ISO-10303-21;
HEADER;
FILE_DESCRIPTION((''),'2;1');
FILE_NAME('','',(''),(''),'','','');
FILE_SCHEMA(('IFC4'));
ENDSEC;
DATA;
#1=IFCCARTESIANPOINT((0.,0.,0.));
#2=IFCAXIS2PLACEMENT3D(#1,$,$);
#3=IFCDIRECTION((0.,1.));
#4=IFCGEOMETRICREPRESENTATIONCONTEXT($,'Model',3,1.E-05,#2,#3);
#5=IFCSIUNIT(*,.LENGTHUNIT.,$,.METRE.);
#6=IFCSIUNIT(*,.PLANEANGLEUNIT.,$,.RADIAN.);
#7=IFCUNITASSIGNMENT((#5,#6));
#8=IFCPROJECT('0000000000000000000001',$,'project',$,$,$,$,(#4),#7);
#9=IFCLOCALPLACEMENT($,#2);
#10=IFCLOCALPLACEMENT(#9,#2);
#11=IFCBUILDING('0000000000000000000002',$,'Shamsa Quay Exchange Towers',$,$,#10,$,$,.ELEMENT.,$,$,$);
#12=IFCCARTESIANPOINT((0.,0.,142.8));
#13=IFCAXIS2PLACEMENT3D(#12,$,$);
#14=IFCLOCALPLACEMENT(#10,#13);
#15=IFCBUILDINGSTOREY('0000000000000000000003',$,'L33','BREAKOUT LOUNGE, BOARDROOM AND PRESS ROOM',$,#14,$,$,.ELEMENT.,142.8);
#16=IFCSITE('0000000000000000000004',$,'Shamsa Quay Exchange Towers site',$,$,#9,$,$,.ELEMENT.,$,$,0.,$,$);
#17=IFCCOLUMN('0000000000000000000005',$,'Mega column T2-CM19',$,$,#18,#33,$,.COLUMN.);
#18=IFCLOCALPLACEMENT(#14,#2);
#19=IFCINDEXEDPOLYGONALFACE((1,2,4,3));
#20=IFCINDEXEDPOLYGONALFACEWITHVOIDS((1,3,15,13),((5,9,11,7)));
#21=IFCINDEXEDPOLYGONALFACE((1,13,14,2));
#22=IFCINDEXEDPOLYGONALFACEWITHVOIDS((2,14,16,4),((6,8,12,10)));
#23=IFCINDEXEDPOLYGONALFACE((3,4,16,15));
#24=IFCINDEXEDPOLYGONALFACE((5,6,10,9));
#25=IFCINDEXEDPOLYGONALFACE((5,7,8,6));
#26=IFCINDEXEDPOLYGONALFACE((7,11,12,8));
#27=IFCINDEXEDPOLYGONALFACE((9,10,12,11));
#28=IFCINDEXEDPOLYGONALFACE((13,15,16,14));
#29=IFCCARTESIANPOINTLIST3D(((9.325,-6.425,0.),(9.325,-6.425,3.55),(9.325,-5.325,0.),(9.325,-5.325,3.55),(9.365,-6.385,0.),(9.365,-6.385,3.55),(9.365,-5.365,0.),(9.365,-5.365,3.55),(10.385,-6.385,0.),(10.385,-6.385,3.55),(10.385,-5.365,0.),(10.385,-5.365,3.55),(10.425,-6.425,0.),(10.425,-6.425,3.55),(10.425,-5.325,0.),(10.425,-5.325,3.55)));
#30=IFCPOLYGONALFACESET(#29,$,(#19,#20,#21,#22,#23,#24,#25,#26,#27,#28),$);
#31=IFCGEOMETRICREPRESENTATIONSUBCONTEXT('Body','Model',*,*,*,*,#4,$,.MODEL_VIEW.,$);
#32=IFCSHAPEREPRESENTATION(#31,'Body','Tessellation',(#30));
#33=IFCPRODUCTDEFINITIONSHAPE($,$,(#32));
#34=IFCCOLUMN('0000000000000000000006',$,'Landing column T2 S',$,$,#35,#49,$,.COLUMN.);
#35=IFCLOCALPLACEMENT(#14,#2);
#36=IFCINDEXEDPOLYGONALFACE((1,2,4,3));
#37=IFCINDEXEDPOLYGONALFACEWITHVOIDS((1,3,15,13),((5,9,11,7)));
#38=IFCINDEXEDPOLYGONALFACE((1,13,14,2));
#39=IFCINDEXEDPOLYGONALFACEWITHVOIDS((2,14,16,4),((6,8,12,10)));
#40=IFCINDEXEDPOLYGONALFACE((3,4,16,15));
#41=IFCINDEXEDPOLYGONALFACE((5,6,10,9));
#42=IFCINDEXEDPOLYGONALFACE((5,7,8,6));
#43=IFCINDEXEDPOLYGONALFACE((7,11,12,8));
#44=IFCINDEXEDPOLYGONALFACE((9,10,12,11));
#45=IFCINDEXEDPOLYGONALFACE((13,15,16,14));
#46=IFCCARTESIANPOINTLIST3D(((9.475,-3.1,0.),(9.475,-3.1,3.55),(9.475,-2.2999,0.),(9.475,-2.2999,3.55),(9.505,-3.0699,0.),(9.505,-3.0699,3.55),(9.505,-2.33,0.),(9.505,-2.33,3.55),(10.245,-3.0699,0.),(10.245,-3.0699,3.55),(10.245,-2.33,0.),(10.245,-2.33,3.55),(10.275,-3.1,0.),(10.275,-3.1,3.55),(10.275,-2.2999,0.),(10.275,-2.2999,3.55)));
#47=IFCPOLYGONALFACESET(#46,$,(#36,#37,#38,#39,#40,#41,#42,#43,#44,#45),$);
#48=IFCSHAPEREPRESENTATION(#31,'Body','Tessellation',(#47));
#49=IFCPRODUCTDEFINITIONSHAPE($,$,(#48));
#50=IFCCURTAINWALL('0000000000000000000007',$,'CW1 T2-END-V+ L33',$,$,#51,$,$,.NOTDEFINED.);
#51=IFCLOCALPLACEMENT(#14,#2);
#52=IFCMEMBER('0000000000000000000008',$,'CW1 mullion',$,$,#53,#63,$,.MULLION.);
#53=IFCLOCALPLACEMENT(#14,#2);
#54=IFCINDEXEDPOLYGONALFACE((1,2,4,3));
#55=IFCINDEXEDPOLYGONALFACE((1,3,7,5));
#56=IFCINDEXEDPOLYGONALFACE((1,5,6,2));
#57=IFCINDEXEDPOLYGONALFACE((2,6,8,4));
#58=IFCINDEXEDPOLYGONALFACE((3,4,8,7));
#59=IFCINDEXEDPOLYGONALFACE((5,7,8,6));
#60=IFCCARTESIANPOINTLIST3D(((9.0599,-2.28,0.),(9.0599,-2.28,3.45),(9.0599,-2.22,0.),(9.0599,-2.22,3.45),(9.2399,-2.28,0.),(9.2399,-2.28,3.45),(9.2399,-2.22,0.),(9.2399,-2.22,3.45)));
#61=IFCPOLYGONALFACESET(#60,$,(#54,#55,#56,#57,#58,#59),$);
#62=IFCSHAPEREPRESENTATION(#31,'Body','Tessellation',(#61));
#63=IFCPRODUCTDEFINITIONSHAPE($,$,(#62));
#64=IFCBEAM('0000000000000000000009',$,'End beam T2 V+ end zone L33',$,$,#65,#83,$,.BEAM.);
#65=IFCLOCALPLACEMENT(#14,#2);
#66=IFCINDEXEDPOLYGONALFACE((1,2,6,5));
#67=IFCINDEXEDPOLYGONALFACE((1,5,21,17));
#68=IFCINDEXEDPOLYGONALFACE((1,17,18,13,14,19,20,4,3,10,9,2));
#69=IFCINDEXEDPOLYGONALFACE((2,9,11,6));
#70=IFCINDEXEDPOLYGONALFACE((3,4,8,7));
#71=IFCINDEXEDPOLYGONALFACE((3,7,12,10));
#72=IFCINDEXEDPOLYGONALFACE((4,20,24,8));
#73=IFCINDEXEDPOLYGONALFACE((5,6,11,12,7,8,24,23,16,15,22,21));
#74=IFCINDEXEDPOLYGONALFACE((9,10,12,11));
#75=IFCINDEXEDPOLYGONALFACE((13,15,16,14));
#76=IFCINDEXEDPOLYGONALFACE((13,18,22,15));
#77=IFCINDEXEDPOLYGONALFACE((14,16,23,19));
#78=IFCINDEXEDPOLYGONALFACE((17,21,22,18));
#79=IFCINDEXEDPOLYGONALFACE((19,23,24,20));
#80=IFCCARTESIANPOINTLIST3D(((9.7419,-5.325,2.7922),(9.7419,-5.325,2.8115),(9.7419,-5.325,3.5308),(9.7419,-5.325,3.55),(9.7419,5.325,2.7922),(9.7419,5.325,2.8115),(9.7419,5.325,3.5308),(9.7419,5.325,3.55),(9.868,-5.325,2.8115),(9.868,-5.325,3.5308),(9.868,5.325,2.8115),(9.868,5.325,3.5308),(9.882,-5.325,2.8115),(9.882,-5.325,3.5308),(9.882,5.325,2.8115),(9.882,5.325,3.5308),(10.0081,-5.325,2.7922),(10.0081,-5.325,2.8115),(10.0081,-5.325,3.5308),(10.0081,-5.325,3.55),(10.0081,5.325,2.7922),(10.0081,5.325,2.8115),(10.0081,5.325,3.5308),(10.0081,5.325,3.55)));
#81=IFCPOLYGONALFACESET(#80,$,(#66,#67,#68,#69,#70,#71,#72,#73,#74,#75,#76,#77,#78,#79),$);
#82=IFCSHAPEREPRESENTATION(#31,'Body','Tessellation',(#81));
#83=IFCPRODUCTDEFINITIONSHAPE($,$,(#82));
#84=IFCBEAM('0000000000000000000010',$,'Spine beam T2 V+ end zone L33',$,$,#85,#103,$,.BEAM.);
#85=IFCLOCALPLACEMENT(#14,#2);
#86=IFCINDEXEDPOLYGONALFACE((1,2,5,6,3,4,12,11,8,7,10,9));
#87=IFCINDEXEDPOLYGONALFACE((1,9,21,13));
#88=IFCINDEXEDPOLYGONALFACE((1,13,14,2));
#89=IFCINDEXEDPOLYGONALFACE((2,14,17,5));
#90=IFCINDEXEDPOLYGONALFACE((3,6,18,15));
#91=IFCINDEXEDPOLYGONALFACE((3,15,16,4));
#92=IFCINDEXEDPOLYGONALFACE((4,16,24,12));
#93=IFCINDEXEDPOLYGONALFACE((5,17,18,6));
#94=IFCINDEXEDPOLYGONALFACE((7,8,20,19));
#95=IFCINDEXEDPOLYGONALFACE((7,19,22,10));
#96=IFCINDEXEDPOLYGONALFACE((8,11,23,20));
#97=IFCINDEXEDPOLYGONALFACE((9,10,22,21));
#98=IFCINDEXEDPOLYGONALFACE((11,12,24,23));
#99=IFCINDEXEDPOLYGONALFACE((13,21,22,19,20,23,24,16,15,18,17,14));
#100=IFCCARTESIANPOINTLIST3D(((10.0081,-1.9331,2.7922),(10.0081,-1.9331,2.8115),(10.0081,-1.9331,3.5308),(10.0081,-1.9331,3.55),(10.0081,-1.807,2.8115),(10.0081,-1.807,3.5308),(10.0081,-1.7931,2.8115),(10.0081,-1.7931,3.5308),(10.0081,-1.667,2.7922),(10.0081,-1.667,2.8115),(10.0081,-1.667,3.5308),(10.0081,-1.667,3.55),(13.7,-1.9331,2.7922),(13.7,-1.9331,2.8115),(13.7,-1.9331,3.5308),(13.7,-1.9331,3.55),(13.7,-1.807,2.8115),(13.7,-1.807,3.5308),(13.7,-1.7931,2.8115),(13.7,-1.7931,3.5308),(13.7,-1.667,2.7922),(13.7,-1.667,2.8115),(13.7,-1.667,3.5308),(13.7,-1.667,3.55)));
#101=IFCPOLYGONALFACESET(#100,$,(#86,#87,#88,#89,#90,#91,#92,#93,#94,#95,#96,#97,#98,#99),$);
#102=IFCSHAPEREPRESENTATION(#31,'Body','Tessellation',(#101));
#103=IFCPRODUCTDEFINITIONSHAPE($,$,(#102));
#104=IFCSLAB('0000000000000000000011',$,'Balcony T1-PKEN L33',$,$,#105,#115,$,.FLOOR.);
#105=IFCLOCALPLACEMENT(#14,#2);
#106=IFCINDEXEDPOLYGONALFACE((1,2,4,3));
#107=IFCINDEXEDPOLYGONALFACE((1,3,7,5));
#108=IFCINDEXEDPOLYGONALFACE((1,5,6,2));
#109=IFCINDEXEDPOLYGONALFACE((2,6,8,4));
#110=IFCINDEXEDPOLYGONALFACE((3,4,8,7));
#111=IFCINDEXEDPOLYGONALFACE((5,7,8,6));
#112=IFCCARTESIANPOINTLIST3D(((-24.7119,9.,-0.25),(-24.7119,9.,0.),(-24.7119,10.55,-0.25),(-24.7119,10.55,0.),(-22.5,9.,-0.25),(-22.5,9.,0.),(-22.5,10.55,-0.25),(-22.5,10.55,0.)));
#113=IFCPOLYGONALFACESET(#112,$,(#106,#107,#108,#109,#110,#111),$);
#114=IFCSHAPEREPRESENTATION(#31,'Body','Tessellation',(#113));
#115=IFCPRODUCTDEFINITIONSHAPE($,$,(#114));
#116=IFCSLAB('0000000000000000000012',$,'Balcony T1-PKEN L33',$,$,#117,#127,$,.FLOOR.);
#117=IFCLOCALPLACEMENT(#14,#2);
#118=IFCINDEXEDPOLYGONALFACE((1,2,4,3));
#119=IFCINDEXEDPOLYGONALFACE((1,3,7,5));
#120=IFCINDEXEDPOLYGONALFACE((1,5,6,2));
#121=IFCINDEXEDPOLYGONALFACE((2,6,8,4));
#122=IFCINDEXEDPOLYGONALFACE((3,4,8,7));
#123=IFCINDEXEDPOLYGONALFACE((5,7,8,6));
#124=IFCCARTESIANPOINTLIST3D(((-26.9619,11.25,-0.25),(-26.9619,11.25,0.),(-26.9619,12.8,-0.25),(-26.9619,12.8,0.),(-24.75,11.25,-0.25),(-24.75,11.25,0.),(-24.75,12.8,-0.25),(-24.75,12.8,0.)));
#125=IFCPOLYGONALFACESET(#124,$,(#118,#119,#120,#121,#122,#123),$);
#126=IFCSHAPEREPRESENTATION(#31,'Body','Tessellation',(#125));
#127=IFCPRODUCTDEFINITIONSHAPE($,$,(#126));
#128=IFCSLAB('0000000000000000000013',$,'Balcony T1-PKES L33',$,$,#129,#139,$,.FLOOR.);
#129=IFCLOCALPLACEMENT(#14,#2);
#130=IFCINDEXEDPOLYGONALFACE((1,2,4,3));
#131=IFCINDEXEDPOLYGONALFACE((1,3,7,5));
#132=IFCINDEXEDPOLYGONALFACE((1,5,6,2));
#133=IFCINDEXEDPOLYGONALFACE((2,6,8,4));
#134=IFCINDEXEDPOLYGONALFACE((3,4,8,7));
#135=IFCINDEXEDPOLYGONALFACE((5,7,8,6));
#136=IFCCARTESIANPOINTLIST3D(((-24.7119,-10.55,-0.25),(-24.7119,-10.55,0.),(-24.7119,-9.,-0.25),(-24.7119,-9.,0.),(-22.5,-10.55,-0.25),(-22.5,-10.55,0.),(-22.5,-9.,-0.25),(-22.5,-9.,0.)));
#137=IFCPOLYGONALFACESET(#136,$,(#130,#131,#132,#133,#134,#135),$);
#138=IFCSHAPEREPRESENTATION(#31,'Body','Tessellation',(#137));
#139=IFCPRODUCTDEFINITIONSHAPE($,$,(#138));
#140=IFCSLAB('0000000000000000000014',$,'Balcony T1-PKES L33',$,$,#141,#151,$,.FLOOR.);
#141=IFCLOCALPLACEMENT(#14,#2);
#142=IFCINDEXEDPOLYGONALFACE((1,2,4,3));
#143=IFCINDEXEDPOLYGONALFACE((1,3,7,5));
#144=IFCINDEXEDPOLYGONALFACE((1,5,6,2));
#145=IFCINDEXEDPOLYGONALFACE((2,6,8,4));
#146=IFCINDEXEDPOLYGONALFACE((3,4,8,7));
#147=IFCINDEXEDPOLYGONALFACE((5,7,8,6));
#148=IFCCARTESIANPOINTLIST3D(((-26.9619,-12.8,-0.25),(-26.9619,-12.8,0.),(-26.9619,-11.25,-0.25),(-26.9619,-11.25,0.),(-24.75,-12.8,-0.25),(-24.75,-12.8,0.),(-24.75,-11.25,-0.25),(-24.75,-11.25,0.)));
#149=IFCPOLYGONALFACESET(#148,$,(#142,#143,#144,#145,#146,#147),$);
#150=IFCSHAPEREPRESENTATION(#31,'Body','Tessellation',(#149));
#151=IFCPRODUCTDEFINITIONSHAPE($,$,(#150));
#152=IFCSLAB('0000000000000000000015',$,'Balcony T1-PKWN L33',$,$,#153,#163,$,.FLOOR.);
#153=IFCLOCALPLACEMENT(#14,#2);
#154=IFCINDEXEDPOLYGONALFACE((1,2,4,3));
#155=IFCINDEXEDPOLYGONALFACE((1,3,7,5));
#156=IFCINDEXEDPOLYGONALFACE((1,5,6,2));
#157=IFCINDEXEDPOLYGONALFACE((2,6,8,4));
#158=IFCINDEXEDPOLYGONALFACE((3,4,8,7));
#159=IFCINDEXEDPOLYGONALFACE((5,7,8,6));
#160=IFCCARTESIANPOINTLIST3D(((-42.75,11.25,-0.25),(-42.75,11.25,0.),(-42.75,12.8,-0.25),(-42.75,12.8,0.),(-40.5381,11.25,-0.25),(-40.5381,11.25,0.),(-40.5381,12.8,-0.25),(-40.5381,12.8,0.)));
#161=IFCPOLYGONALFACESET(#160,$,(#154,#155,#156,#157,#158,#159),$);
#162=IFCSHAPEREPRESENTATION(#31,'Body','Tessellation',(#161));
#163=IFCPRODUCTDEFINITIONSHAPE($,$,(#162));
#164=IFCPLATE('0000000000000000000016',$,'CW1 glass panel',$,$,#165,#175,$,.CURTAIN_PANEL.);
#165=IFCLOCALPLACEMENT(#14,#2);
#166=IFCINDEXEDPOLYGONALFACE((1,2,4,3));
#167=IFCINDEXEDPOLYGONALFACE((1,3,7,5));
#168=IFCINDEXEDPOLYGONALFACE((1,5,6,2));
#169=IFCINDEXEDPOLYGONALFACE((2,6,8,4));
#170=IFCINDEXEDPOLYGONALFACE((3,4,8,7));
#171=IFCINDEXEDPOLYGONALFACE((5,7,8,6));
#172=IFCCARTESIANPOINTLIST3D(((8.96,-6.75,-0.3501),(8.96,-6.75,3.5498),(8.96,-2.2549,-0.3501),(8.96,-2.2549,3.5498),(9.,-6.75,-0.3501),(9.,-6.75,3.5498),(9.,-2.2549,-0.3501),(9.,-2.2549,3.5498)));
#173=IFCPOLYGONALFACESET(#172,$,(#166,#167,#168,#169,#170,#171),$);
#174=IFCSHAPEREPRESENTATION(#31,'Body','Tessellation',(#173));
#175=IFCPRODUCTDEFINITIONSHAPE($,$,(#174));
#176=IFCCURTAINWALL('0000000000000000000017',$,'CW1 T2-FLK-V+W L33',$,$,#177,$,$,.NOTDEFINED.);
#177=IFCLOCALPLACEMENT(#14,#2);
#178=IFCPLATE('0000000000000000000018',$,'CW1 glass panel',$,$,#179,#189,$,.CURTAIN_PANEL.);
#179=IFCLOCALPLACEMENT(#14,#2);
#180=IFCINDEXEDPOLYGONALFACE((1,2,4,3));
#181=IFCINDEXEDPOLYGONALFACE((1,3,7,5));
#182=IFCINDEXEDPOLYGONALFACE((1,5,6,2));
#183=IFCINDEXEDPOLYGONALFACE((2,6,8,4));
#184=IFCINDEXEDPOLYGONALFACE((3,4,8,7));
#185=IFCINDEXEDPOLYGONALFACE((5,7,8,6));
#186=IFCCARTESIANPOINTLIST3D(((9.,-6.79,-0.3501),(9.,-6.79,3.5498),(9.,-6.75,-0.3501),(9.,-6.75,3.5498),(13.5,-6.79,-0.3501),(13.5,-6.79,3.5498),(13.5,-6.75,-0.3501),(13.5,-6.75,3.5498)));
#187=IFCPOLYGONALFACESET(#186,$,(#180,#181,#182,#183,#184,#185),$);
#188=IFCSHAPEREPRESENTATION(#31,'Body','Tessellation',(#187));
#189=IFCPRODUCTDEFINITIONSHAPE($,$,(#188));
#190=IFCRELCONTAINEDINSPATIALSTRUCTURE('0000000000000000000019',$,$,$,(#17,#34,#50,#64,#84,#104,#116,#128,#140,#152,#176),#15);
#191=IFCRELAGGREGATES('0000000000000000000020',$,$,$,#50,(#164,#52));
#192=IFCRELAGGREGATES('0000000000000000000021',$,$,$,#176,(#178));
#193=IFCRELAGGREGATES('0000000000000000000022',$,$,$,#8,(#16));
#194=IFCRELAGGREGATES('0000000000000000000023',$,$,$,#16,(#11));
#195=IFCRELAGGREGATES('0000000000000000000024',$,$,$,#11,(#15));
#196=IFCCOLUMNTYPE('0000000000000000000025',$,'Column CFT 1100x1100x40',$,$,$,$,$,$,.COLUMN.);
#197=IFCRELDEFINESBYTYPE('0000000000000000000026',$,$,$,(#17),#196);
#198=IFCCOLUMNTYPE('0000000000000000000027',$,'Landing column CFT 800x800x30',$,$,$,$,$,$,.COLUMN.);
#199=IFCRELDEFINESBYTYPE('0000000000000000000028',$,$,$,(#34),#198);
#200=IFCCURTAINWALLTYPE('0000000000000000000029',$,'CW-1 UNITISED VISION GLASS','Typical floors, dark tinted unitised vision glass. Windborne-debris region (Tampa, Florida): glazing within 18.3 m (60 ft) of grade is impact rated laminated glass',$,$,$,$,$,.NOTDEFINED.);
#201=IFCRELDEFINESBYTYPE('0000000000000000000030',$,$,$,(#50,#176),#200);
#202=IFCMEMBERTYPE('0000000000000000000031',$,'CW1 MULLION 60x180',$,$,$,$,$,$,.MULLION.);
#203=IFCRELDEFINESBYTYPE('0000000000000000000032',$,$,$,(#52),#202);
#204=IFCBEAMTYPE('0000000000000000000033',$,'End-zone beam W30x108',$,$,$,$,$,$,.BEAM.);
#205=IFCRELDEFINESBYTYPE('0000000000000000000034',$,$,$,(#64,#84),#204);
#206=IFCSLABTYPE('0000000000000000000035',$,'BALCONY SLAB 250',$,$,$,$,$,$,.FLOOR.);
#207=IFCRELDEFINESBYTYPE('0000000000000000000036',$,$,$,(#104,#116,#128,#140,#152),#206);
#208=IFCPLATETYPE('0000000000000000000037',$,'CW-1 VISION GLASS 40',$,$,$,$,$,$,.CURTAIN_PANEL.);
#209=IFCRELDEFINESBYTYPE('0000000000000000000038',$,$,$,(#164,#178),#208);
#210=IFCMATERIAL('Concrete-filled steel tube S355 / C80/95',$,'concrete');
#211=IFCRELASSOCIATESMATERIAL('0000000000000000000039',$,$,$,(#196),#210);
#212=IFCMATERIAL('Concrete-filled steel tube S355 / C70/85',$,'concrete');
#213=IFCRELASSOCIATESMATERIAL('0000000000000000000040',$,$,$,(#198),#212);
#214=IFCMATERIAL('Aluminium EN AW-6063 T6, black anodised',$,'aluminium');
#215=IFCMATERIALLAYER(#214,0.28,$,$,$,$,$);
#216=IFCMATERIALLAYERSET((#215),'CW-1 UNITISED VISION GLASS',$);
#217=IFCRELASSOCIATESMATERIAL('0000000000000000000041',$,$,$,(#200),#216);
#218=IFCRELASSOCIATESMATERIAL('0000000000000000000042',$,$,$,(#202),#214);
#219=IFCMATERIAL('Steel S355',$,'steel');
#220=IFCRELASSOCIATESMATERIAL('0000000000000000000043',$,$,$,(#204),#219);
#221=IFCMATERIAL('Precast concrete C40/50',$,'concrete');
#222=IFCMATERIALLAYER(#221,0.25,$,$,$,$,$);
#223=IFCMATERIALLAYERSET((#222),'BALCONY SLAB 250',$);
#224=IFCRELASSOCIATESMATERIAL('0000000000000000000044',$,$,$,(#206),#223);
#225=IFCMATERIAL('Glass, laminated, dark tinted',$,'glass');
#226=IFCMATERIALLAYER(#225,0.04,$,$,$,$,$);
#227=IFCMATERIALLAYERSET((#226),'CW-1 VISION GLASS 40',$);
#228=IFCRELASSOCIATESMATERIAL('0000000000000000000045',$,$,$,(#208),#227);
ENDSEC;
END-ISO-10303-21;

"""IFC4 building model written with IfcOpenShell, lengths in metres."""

from ifc_helpers import new_model, si_unit, direction, frame, origin, origin_2d, place, context, subcontext, project, spatial, polyline, rectangle, hollow_rectangle, i_section, outline, extrude, material, layer, layer_set, material_profile, profile_set, type_object, element, aggregate, save


model = new_model("IFC4")

# Units and contexts
model_context = context("Model", 3, precision=1e-05, world=origin(), true_north=direction((0.0, 1.0)))
body_context = subcontext(model_context, "Body", "Model", "MODEL_VIEW")
ifc_project = project(units=[si_unit("LENGTHUNIT", "METRE"), si_unit("PLANEANGLEUNIT", "RADIAN")], contexts=[model_context])

# Site, building, storey
site_placement = place(None, origin())
site = spatial("IfcSite", under=ifc_project, at=site_placement, Name="Shamsa Quay Exchange Towers site", CompositionType="ELEMENT", RefElevation=0.0)
building_placement = place(site_placement, origin())
building = spatial("IfcBuilding", under=site, at=building_placement, Name="Shamsa Quay Exchange Towers", CompositionType="ELEMENT")
storey_placement = place(building_placement, frame((0.0, 0.0, 142.8)))
storey = spatial("IfcBuildingStorey", under=building, at=storey_placement, Name="L33", Description="BREAKOUT LOUNGE, BOARDROOM AND PRESS ROOM", CompositionType="ELEMENT", Elevation=142.8)

# Columns
ifc_material_1 = material(Name="Concrete-filled steel tube S355 / C80/95", Category="concrete")
ifc_material_profile_1 = material_profile(ifc_material_1, hollow_rectangle(XDim=1.1001, YDim=1.1001, WallThickness=0.04, at=origin_2d()), Name="CFT 1100x1100x40")
ifc_profile_set_1 = profile_set([ifc_material_profile_1], Name="Concrete-filled steel tube S355 / C80/95")
column_type_1 = type_object("IfcColumnType", Name="Column CFT 1100x1100x40", PredefinedType="COLUMN", material=ifc_profile_set_1)
column_1_placement = place(storey_placement, frame((9.875, -5.875, 0.0)))
element("IfcColumn", 1, at=column_1_placement, inside=storey, type_object=column_type_1, Name="Mega column T2-CM19", PredefinedType="COLUMN", context=body_context, shape_type="SweptSolid", body=[
    extrude(hollow_rectangle(XDim=1.1001, YDim=1.1001, WallThickness=0.04, at=origin_2d()), origin(), (0.0, 0.0, 1.0), 3.55),
])
ifc_material_2 = material(Name="Concrete-filled steel tube S355 / C70/85", Category="concrete")
ifc_material_profile_2 = material_profile(ifc_material_2, hollow_rectangle(XDim=0.8, YDim=0.8, WallThickness=0.03, at=origin_2d()), Name="CFT 800x800x30")
ifc_profile_set_2 = profile_set([ifc_material_profile_2], Name="Concrete-filled steel tube S355 / C70/85")
column_type_2 = type_object("IfcColumnType", Name="Landing column CFT 800x800x30", PredefinedType="COLUMN", material=ifc_profile_set_2)
column_2_placement = place(storey_placement, frame((9.875, -2.7, 0.0)))
element("IfcColumn", 2, at=column_2_placement, inside=storey, type_object=column_type_2, Name="Landing column T2 S", PredefinedType="COLUMN", context=body_context, shape_type="SweptSolid", body=[
    extrude(hollow_rectangle(XDim=0.8, YDim=0.8, WallThickness=0.03, at=origin_2d()), origin(), (0.0, 0.0, 1.0), 3.55),
])

# Curtain wall, member
ifc_material_3 = material(Name="Aluminium EN AW-6063 T6, black anodised", Category="aluminium")
ifc_layer_1 = layer(ifc_material_3, 0.28)
ifc_layer_set_1 = layer_set([ifc_layer_1], Name="CW-1 UNITISED VISION GLASS")
curtain_wall_type = type_object("IfcCurtainWallType", Name="CW-1 UNITISED VISION GLASS", Description="Typical floors, dark tinted unitised vision glass. Windborne-debris region (Tampa, Florida): glazing within 18.3 m (60 ft) of grade is impact rated laminated glass", PredefinedType="NOTDEFINED", material=ifc_layer_set_1)
curtain_wall_1_placement = place(storey_placement, origin())
curtain_wall_1 = element("IfcCurtainWall", 3, at=curtain_wall_1_placement, inside=storey, type_object=curtain_wall_type, Name="CW1 T2-END-V+ L33", PredefinedType="NOTDEFINED")
ifc_material_profile_3 = material_profile(ifc_material_3, rectangle(XDim=0.1799, YDim=0.0601, at=origin_2d()), Name="MU60x180")
ifc_profile_set_3 = profile_set([ifc_material_profile_3], Name="Aluminium EN AW-6063 T6, black anodised")
member_type = type_object("IfcMemberType", Name="CW1 MULLION 60x180", PredefinedType="MULLION", material=ifc_profile_set_3)
member_placement = place(storey_placement, frame((9.1499, -2.25, 0.0)))
member = element("IfcMember", 4, at=member_placement, type_object=member_type, Name="CW1 mullion", PredefinedType="MULLION", context=body_context, shape_type="SweptSolid", body=[
    extrude(rectangle(XDim=0.1799, YDim=0.0601, at=origin_2d()), origin(), (0.0, 0.0, 1.0), 3.45),
])

# Beams
ifc_material_4 = material(Name="Steel S355", Category="steel")
ifc_material_profile_4 = material_profile(ifc_material_4, i_section(OverallWidth=0.2661, OverallDepth=0.7578, WebThickness=0.0139, FlangeThickness=0.0193, at=origin_2d()), Name="W30x108")
ifc_profile_set_4 = profile_set([ifc_material_profile_4], Name="Steel S355")
beam_type = type_object("IfcBeamType", Name="End-zone beam W30x108", PredefinedType="BEAM", material=ifc_profile_set_4)
beam_1_placement = place(storey_placement, frame((9.875, -5.325, 3.1711), z_axis=(0.0, 1.0, 0.0), x_axis=(-1.0, 0.0, 0.0)))
element("IfcBeam", 5, at=beam_1_placement, inside=storey, type_object=beam_type, Name="End beam T2 V+ end zone L33", PredefinedType="BEAM", context=body_context, shape_type="SweptSolid", body=[
    extrude(i_section(OverallWidth=0.2661, OverallDepth=0.7578, WebThickness=0.0139, FlangeThickness=0.0193, at=origin_2d()), origin(), (0.0, 0.0, 1.0), 10.6499),
])
beam_2_placement = place(storey_placement, frame((13.7, -1.8, 3.1711), z_axis=(-1.0, 0.0, 0.0), x_axis=(0.0, -1.0, 0.0)))
element("IfcBeam", 6, at=beam_2_placement, inside=storey, type_object=beam_type, Name="Spine beam T2 V+ end zone L33", PredefinedType="BEAM", context=body_context, shape_type="SweptSolid", body=[
    extrude(i_section(OverallWidth=0.2661, OverallDepth=0.7578, WebThickness=0.0139, FlangeThickness=0.0193, at=origin_2d()), origin(), (0.0, 0.0, 1.0), 3.6919),
])

# Slabs
ifc_material_5 = material(Name="Precast concrete C40/50", Category="concrete")
ifc_layer_2 = layer(ifc_material_5, 0.25)
ifc_layer_set_2 = layer_set([ifc_layer_2], Name="BALCONY SLAB 250")
slab_type_1 = type_object("IfcSlabType", Name="BALCONY SLAB 250", PredefinedType="FLOOR", material=ifc_layer_set_2)
slab_1_placement = place(storey_placement, frame((0.0, 0.0, -0.25)))
element("IfcSlab", 7, at=slab_1_placement, inside=storey, type_object=slab_type_1, Name="Balcony T1-PKEN L33", PredefinedType="FLOOR", context=body_context, shape_type="SweptSolid", body=[
    extrude(outline(polyline([(-22.5, 9.0), (-24.7119, 9.0), (-24.7119, 10.55), (-22.5, 10.55), (-22.5, 9.0)])), origin(), (0.0, 0.0, 1.0), 0.25),
])
slab_2_placement = place(storey_placement, frame((0.0, 0.0, -0.25)))
element("IfcSlab", 8, at=slab_2_placement, inside=storey, type_object=slab_type_1, Name="Balcony T1-PKEN L33", PredefinedType="FLOOR", context=body_context, shape_type="SweptSolid", body=[
    extrude(outline(polyline([(-24.75, 11.25), (-26.9619, 11.25), (-26.9619, 12.8), (-24.75, 12.8), (-24.75, 11.25)])), origin(), (0.0, 0.0, 1.0), 0.25),
])
slab_3_placement = place(storey_placement, frame((0.0, 0.0, -0.25)))
element("IfcSlab", 9, at=slab_3_placement, inside=storey, type_object=slab_type_1, Name="Balcony T1-PKES L33", PredefinedType="FLOOR", context=body_context, shape_type="SweptSolid", body=[
    extrude(outline(polyline([(-24.7119, -9.0), (-22.5, -9.0), (-22.5, -10.55), (-24.7119, -10.55), (-24.7119, -9.0)])), origin(), (0.0, 0.0, 1.0), 0.25),
])
slab_4_placement = place(storey_placement, frame((0.0, 0.0, -0.25)))
element("IfcSlab", 10, at=slab_4_placement, inside=storey, type_object=slab_type_1, Name="Balcony T1-PKES L33", PredefinedType="FLOOR", context=body_context, shape_type="SweptSolid", body=[
    extrude(outline(polyline([(-26.9619, -11.25), (-24.75, -11.25), (-24.75, -12.8), (-26.9619, -12.8), (-26.9619, -11.25)])), origin(), (0.0, 0.0, 1.0), 0.25),
])
slab_5_placement = place(storey_placement, frame((0.0, 0.0, -0.25)))
element("IfcSlab", 11, at=slab_5_placement, inside=storey, type_object=slab_type_1, Name="Balcony T1-PKWN L33", PredefinedType="FLOOR", context=body_context, shape_type="SweptSolid", body=[
    extrude(outline(polyline([(-40.5381, 11.25), (-42.75, 11.25), (-42.75, 12.8), (-40.5381, 12.8), (-40.5381, 11.25)])), origin(), (0.0, 0.0, 1.0), 0.25),
])

# Plate
ifc_material_6 = material(Name="Glass, laminated, dark tinted", Category="glass")
ifc_layer_3 = layer(ifc_material_6, 0.04)
ifc_layer_set_3 = layer_set([ifc_layer_3], Name="CW-1 VISION GLASS 40")
plate_type = type_object("IfcPlateType", Name="CW-1 VISION GLASS 40", PredefinedType="CURTAIN_PANEL", material=ifc_layer_set_3)
plate_1_placement = place(storey_placement, frame((8.98, -4.5024, -0.3501), z_axis=(0.0, 0.0, 1.0), x_axis=(0.0, -1.0, 0.0)))
plate_1 = element("IfcPlate", 12, at=plate_1_placement, type_object=plate_type, Name="CW1 glass panel", PredefinedType="CURTAIN_PANEL", context=body_context, shape_type="SweptSolid", body=[
    extrude(rectangle(XDim=4.4951, YDim=0.04, at=origin_2d()), origin(), (0.0, 0.0, 1.0), 3.8999),
])
aggregate(curtain_wall_1, [plate_1, member])

# Curtain wall, plate
curtain_wall_2_placement = place(storey_placement, origin())
curtain_wall_2 = element("IfcCurtainWall", 13, at=curtain_wall_2_placement, inside=storey, type_object=curtain_wall_type, Name="CW1 T2-FLK-V+W L33", PredefinedType="NOTDEFINED")
plate_2_placement = place(storey_placement, frame((11.25, -6.77, -0.3501)))
plate_2 = element("IfcPlate", 14, at=plate_2_placement, type_object=plate_type, Name="CW1 glass panel", PredefinedType="CURTAIN_PANEL", context=body_context, shape_type="SweptSolid", body=[
    extrude(rectangle(XDim=4.5, YDim=0.04, at=origin_2d()), origin(), (0.0, 0.0, 1.0), 3.8999),
])
aggregate(curtain_wall_2, [plate_2])

save(model, "model.ifc")
